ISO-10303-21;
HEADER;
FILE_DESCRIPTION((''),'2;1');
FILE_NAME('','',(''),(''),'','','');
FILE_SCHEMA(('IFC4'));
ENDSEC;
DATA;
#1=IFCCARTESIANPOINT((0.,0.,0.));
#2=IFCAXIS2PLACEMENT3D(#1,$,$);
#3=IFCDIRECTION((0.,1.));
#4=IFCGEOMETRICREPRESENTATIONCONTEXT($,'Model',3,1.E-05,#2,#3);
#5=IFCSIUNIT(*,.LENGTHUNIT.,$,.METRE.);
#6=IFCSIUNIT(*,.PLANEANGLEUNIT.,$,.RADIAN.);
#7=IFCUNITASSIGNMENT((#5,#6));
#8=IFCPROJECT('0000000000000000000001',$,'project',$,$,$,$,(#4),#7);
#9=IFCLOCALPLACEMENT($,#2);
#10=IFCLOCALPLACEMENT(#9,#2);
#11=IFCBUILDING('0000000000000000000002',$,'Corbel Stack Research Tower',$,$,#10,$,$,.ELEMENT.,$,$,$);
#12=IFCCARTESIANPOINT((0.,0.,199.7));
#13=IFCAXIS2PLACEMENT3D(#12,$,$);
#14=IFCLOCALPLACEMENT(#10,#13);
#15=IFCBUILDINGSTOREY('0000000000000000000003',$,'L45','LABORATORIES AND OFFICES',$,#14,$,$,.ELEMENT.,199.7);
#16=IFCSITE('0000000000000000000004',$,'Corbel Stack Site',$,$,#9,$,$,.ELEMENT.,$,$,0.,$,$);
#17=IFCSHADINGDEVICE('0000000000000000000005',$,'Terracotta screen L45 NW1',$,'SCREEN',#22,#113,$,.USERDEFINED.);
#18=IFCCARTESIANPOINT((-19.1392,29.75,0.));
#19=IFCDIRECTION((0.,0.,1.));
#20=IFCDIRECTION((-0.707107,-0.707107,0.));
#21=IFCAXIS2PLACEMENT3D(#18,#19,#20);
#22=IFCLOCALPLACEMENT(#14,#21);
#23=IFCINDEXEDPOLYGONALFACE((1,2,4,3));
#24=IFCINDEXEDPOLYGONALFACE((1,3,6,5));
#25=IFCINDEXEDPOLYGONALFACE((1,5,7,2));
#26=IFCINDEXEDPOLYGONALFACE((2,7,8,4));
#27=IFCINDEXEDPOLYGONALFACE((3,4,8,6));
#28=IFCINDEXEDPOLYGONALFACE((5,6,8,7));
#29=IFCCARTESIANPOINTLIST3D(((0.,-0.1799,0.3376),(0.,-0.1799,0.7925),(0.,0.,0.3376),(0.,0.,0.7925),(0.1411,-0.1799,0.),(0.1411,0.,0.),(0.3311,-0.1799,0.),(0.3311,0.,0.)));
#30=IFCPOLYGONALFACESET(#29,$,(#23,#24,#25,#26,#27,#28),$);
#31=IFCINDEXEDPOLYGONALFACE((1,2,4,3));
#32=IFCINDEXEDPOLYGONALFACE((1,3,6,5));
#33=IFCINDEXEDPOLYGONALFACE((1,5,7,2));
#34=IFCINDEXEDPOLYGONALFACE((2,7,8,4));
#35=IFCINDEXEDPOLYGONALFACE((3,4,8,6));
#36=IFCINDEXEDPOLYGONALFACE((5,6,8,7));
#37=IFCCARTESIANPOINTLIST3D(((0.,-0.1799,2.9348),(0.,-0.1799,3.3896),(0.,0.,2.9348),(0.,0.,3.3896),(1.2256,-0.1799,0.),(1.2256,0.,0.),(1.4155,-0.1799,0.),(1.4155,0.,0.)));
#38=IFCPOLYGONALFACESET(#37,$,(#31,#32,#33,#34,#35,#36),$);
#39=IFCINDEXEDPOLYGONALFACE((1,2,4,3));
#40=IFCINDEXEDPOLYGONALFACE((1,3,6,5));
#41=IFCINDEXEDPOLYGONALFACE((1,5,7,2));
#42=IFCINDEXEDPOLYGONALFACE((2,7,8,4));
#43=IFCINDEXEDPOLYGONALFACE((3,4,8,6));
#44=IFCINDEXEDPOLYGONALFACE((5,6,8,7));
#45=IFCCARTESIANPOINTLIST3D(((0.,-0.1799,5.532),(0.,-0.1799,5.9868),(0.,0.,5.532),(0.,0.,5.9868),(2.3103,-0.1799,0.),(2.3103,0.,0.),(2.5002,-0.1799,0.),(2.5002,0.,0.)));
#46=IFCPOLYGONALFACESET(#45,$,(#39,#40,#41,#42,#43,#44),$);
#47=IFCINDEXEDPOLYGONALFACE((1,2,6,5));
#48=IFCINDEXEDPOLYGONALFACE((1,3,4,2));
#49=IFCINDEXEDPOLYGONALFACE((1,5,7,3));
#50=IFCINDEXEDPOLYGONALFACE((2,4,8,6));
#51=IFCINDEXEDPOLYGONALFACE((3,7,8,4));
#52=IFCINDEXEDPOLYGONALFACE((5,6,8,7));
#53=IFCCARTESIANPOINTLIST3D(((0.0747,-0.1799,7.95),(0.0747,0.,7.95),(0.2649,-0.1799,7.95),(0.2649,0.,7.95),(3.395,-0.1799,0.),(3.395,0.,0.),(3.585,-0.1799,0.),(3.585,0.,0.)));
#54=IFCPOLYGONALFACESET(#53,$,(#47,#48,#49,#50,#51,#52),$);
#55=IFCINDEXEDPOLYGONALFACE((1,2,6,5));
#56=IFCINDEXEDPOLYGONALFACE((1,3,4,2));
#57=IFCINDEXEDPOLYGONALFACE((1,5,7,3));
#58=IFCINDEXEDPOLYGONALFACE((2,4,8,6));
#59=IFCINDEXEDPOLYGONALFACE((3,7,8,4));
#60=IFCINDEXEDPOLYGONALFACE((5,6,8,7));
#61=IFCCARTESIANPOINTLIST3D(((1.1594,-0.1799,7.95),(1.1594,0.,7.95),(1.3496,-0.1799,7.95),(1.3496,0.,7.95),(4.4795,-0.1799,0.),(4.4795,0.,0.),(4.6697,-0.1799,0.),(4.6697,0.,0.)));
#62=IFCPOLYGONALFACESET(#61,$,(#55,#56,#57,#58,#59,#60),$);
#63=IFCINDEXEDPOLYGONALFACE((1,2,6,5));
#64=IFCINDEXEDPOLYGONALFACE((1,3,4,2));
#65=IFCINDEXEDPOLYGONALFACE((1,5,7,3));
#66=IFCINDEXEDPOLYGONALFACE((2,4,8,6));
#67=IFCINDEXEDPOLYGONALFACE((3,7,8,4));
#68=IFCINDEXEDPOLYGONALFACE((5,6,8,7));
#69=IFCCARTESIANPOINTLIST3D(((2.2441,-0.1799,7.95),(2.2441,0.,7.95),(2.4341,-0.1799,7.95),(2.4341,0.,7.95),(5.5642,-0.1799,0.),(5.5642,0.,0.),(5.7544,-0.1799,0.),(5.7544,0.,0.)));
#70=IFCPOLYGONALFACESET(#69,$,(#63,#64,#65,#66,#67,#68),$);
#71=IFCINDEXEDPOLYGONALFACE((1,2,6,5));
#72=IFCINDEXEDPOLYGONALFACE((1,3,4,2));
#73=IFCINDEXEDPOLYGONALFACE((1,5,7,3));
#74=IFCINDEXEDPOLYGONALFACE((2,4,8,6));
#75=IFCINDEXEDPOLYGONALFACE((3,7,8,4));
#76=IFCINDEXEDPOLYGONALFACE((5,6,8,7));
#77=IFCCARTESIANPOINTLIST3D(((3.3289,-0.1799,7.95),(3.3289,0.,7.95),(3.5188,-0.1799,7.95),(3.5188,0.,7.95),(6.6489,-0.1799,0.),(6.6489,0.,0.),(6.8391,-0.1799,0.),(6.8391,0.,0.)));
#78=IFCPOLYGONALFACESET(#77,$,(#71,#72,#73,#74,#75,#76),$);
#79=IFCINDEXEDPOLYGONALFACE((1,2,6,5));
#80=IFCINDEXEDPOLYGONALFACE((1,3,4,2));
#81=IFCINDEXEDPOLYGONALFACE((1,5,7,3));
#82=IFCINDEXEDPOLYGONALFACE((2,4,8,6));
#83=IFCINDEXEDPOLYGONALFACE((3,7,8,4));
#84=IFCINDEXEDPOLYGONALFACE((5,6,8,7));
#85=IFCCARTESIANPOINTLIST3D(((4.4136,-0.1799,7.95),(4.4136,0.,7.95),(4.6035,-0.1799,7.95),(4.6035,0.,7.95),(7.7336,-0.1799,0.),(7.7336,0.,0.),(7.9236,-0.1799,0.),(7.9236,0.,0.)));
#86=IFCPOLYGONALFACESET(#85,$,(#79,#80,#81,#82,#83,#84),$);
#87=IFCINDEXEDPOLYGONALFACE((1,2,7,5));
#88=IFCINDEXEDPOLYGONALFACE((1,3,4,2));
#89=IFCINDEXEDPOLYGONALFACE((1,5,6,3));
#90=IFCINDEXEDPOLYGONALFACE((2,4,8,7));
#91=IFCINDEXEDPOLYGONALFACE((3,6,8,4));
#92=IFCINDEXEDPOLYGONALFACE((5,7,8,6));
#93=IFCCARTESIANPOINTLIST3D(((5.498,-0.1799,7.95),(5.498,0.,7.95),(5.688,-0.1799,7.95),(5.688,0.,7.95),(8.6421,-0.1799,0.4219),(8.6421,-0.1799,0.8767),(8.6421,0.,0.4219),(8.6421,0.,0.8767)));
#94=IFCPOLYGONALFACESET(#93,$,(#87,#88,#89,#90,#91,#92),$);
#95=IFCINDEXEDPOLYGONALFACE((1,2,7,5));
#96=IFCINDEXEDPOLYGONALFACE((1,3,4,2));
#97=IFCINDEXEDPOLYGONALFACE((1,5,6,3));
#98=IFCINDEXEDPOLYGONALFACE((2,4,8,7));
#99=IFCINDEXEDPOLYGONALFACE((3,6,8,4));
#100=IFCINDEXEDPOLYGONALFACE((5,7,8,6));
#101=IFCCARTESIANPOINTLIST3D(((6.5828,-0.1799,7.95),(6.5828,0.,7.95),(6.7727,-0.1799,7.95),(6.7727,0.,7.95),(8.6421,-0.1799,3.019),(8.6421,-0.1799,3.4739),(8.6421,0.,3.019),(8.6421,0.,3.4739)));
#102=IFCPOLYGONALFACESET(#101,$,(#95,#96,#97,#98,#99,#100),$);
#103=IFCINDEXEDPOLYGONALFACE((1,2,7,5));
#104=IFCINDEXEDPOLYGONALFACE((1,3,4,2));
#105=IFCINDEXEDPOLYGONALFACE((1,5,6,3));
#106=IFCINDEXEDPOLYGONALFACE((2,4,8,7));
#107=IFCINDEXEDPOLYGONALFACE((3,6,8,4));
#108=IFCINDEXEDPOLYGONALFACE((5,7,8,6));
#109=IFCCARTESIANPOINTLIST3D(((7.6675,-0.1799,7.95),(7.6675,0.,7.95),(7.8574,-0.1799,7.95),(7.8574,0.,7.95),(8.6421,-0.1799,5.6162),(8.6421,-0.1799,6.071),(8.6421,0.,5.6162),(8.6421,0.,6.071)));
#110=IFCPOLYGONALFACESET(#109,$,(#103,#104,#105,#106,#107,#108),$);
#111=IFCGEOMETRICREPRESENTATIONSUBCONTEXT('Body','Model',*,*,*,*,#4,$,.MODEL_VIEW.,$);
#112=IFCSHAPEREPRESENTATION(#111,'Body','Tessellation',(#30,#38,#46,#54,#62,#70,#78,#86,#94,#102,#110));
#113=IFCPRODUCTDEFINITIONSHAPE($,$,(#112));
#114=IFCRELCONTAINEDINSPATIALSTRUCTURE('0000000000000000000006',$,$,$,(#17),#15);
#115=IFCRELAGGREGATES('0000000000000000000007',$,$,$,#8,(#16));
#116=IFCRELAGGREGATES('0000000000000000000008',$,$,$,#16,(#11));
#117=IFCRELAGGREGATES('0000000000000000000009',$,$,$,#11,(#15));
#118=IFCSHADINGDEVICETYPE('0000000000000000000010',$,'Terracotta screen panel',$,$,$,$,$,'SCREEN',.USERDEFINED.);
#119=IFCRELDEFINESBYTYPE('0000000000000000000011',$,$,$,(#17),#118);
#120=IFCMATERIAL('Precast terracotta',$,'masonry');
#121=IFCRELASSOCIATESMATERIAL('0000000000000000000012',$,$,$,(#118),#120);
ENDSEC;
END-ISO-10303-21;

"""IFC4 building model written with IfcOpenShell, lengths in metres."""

from ifc_helpers import new_model, si_unit, direction, frame, origin, place, context, subcontext, project, spatial, polyline, outline, extrude, source, transform, mapped, material, type_object, element, save


model = new_model("IFC4")

# Units and contexts
model_context = context("Model", 3, precision=1e-05, world=origin(), true_north=direction((0.0, 1.0)))
body_context = subcontext(model_context, "Body", "Model", "MODEL_VIEW")
ifc_project = project(units=[si_unit("LENGTHUNIT", "METRE"), si_unit("PLANEANGLEUNIT", "RADIAN")], contexts=[model_context])

# Site, building, storey
site_placement = place(None, origin())
site = spatial("IfcSite", under=ifc_project, at=site_placement, Name="Corbel Stack Site", CompositionType="ELEMENT", RefElevation=0.0)
building_placement = place(site_placement, origin())
building = spatial("IfcBuilding", under=site, at=building_placement, Name="Corbel Stack Research Tower", CompositionType="ELEMENT")
storey_placement = place(building_placement, frame((0.0, 0.0, 199.7)))
storey = spatial("IfcBuildingStorey", under=building, at=storey_placement, Name="L45", Description="LABORATORIES AND OFFICES", CompositionType="ELEMENT", Elevation=199.7)

# Shading device
ifc_material_1 = material(Name="Precast terracotta", Category="masonry")
shading_device_type = type_object("IfcShadingDeviceType", Name="Terracotta screen panel", ElementType="SCREEN", PredefinedType="USERDEFINED", material=ifc_material_1)
shared_shape_1 = source(origin(), body_context, "Body", "SweptSolid", [
    extrude(outline(polyline([(0.3311, 0.0), (0.0, 0.7925), (0.0, 0.3376), (0.1411, 0.0), (0.3311, 0.0)])), frame((0.0, 0.0, 0.0), z_axis=(0.0, -1.0, 0.0), x_axis=(1.0, 0.0, 0.0)), (0.0, 0.0, 1.0), 0.1799),
    extrude(outline(polyline([(1.4155, 0.0), (0.0, 3.3896), (0.0, 2.9348), (1.2256, 0.0), (1.4155, 0.0)])), frame((0.0, 0.0, 0.0), z_axis=(0.0, -1.0, 0.0), x_axis=(1.0, 0.0, 0.0)), (0.0, 0.0, 1.0), 0.1799),
    extrude(outline(polyline([(2.5002, 0.0), (0.0, 5.9868), (0.0, 5.532), (2.3103, 0.0), (2.5002, 0.0)])), frame((0.0, 0.0, 0.0), z_axis=(0.0, -1.0, 0.0), x_axis=(1.0, 0.0, 0.0)), (0.0, 0.0, 1.0), 0.1799),
    extrude(outline(polyline([(3.585, 0.0), (0.2649, 7.95), (0.0747, 7.95), (3.395, 0.0), (3.585, 0.0)])), frame((0.0, 0.0, 0.0), z_axis=(0.0, -1.0, 0.0), x_axis=(1.0, 0.0, 0.0)), (0.0, 0.0, 1.0), 0.1799),
    extrude(outline(polyline([(4.6697, 0.0), (1.3496, 7.95), (1.1594, 7.95), (4.4795, 0.0), (4.6697, 0.0)])), frame((0.0, 0.0, 0.0), z_axis=(0.0, -1.0, 0.0), x_axis=(1.0, 0.0, 0.0)), (0.0, 0.0, 1.0), 0.1799),
    extrude(outline(polyline([(5.7544, 0.0), (2.4341, 7.95), (2.2441, 7.95), (5.5642, 0.0), (5.7544, 0.0)])), frame((0.0, 0.0, 0.0), z_axis=(0.0, -1.0, 0.0), x_axis=(1.0, 0.0, 0.0)), (0.0, 0.0, 1.0), 0.1799),
    extrude(outline(polyline([(6.8391, 0.0), (3.5188, 7.95), (3.3289, 7.95), (6.6489, 0.0), (6.8391, 0.0)])), frame((0.0, 0.0, 0.0), z_axis=(0.0, -1.0, 0.0), x_axis=(1.0, 0.0, 0.0)), (0.0, 0.0, 1.0), 0.1799),
    extrude(outline(polyline([(7.9236, 0.0), (4.6035, 7.95), (4.4136, 7.95), (7.7336, 0.0), (7.9236, 0.0)])), frame((0.0, 0.0, 0.0), z_axis=(0.0, -1.0, 0.0), x_axis=(1.0, 0.0, 0.0)), (0.0, 0.0, 1.0), 0.1799),
    extrude(outline(polyline([(5.688, 7.95), (5.498, 7.95), (8.6421, 0.4219), (8.6421, 0.8767), (5.688, 7.95)])), frame((0.0, 0.0, 0.0), z_axis=(0.0, -1.0, 0.0), x_axis=(1.0, 0.0, 0.0)), (0.0, 0.0, 1.0), 0.1799),
    extrude(outline(polyline([(6.7727, 7.95), (6.5828, 7.95), (8.6421, 3.019), (8.6421, 3.4739), (6.7727, 7.95)])), frame((0.0, 0.0, 0.0), z_axis=(0.0, -1.0, 0.0), x_axis=(1.0, 0.0, 0.0)), (0.0, 0.0, 1.0), 0.1799),
    extrude(outline(polyline([(7.8574, 7.95), (7.6675, 7.95), (8.6421, 5.6162), (8.6421, 6.071), (7.8574, 7.95)])), frame((0.0, 0.0, 0.0), z_axis=(0.0, -1.0, 0.0), x_axis=(1.0, 0.0, 0.0)), (0.0, 0.0, 1.0), 0.1799),
])
shading_device_1_placement = place(storey_placement, frame((-19.1392, 29.75, 0.0), z_axis=(0.0, 0.0, 1.0), x_axis=(-0.707107, -0.707107, 0.0)))
element("IfcShadingDevice", 1, at=shading_device_1_placement, inside=storey, type_object=shading_device_type, Name="Terracotta screen L45 NW1", ObjectType="SCREEN", PredefinedType="USERDEFINED", context=body_context, shape_type="MappedRepresentation", body=[
    mapped(shared_shape_1, transform((0.0, 0.0, 0.0))),
])

save(model, "model.ifc")
